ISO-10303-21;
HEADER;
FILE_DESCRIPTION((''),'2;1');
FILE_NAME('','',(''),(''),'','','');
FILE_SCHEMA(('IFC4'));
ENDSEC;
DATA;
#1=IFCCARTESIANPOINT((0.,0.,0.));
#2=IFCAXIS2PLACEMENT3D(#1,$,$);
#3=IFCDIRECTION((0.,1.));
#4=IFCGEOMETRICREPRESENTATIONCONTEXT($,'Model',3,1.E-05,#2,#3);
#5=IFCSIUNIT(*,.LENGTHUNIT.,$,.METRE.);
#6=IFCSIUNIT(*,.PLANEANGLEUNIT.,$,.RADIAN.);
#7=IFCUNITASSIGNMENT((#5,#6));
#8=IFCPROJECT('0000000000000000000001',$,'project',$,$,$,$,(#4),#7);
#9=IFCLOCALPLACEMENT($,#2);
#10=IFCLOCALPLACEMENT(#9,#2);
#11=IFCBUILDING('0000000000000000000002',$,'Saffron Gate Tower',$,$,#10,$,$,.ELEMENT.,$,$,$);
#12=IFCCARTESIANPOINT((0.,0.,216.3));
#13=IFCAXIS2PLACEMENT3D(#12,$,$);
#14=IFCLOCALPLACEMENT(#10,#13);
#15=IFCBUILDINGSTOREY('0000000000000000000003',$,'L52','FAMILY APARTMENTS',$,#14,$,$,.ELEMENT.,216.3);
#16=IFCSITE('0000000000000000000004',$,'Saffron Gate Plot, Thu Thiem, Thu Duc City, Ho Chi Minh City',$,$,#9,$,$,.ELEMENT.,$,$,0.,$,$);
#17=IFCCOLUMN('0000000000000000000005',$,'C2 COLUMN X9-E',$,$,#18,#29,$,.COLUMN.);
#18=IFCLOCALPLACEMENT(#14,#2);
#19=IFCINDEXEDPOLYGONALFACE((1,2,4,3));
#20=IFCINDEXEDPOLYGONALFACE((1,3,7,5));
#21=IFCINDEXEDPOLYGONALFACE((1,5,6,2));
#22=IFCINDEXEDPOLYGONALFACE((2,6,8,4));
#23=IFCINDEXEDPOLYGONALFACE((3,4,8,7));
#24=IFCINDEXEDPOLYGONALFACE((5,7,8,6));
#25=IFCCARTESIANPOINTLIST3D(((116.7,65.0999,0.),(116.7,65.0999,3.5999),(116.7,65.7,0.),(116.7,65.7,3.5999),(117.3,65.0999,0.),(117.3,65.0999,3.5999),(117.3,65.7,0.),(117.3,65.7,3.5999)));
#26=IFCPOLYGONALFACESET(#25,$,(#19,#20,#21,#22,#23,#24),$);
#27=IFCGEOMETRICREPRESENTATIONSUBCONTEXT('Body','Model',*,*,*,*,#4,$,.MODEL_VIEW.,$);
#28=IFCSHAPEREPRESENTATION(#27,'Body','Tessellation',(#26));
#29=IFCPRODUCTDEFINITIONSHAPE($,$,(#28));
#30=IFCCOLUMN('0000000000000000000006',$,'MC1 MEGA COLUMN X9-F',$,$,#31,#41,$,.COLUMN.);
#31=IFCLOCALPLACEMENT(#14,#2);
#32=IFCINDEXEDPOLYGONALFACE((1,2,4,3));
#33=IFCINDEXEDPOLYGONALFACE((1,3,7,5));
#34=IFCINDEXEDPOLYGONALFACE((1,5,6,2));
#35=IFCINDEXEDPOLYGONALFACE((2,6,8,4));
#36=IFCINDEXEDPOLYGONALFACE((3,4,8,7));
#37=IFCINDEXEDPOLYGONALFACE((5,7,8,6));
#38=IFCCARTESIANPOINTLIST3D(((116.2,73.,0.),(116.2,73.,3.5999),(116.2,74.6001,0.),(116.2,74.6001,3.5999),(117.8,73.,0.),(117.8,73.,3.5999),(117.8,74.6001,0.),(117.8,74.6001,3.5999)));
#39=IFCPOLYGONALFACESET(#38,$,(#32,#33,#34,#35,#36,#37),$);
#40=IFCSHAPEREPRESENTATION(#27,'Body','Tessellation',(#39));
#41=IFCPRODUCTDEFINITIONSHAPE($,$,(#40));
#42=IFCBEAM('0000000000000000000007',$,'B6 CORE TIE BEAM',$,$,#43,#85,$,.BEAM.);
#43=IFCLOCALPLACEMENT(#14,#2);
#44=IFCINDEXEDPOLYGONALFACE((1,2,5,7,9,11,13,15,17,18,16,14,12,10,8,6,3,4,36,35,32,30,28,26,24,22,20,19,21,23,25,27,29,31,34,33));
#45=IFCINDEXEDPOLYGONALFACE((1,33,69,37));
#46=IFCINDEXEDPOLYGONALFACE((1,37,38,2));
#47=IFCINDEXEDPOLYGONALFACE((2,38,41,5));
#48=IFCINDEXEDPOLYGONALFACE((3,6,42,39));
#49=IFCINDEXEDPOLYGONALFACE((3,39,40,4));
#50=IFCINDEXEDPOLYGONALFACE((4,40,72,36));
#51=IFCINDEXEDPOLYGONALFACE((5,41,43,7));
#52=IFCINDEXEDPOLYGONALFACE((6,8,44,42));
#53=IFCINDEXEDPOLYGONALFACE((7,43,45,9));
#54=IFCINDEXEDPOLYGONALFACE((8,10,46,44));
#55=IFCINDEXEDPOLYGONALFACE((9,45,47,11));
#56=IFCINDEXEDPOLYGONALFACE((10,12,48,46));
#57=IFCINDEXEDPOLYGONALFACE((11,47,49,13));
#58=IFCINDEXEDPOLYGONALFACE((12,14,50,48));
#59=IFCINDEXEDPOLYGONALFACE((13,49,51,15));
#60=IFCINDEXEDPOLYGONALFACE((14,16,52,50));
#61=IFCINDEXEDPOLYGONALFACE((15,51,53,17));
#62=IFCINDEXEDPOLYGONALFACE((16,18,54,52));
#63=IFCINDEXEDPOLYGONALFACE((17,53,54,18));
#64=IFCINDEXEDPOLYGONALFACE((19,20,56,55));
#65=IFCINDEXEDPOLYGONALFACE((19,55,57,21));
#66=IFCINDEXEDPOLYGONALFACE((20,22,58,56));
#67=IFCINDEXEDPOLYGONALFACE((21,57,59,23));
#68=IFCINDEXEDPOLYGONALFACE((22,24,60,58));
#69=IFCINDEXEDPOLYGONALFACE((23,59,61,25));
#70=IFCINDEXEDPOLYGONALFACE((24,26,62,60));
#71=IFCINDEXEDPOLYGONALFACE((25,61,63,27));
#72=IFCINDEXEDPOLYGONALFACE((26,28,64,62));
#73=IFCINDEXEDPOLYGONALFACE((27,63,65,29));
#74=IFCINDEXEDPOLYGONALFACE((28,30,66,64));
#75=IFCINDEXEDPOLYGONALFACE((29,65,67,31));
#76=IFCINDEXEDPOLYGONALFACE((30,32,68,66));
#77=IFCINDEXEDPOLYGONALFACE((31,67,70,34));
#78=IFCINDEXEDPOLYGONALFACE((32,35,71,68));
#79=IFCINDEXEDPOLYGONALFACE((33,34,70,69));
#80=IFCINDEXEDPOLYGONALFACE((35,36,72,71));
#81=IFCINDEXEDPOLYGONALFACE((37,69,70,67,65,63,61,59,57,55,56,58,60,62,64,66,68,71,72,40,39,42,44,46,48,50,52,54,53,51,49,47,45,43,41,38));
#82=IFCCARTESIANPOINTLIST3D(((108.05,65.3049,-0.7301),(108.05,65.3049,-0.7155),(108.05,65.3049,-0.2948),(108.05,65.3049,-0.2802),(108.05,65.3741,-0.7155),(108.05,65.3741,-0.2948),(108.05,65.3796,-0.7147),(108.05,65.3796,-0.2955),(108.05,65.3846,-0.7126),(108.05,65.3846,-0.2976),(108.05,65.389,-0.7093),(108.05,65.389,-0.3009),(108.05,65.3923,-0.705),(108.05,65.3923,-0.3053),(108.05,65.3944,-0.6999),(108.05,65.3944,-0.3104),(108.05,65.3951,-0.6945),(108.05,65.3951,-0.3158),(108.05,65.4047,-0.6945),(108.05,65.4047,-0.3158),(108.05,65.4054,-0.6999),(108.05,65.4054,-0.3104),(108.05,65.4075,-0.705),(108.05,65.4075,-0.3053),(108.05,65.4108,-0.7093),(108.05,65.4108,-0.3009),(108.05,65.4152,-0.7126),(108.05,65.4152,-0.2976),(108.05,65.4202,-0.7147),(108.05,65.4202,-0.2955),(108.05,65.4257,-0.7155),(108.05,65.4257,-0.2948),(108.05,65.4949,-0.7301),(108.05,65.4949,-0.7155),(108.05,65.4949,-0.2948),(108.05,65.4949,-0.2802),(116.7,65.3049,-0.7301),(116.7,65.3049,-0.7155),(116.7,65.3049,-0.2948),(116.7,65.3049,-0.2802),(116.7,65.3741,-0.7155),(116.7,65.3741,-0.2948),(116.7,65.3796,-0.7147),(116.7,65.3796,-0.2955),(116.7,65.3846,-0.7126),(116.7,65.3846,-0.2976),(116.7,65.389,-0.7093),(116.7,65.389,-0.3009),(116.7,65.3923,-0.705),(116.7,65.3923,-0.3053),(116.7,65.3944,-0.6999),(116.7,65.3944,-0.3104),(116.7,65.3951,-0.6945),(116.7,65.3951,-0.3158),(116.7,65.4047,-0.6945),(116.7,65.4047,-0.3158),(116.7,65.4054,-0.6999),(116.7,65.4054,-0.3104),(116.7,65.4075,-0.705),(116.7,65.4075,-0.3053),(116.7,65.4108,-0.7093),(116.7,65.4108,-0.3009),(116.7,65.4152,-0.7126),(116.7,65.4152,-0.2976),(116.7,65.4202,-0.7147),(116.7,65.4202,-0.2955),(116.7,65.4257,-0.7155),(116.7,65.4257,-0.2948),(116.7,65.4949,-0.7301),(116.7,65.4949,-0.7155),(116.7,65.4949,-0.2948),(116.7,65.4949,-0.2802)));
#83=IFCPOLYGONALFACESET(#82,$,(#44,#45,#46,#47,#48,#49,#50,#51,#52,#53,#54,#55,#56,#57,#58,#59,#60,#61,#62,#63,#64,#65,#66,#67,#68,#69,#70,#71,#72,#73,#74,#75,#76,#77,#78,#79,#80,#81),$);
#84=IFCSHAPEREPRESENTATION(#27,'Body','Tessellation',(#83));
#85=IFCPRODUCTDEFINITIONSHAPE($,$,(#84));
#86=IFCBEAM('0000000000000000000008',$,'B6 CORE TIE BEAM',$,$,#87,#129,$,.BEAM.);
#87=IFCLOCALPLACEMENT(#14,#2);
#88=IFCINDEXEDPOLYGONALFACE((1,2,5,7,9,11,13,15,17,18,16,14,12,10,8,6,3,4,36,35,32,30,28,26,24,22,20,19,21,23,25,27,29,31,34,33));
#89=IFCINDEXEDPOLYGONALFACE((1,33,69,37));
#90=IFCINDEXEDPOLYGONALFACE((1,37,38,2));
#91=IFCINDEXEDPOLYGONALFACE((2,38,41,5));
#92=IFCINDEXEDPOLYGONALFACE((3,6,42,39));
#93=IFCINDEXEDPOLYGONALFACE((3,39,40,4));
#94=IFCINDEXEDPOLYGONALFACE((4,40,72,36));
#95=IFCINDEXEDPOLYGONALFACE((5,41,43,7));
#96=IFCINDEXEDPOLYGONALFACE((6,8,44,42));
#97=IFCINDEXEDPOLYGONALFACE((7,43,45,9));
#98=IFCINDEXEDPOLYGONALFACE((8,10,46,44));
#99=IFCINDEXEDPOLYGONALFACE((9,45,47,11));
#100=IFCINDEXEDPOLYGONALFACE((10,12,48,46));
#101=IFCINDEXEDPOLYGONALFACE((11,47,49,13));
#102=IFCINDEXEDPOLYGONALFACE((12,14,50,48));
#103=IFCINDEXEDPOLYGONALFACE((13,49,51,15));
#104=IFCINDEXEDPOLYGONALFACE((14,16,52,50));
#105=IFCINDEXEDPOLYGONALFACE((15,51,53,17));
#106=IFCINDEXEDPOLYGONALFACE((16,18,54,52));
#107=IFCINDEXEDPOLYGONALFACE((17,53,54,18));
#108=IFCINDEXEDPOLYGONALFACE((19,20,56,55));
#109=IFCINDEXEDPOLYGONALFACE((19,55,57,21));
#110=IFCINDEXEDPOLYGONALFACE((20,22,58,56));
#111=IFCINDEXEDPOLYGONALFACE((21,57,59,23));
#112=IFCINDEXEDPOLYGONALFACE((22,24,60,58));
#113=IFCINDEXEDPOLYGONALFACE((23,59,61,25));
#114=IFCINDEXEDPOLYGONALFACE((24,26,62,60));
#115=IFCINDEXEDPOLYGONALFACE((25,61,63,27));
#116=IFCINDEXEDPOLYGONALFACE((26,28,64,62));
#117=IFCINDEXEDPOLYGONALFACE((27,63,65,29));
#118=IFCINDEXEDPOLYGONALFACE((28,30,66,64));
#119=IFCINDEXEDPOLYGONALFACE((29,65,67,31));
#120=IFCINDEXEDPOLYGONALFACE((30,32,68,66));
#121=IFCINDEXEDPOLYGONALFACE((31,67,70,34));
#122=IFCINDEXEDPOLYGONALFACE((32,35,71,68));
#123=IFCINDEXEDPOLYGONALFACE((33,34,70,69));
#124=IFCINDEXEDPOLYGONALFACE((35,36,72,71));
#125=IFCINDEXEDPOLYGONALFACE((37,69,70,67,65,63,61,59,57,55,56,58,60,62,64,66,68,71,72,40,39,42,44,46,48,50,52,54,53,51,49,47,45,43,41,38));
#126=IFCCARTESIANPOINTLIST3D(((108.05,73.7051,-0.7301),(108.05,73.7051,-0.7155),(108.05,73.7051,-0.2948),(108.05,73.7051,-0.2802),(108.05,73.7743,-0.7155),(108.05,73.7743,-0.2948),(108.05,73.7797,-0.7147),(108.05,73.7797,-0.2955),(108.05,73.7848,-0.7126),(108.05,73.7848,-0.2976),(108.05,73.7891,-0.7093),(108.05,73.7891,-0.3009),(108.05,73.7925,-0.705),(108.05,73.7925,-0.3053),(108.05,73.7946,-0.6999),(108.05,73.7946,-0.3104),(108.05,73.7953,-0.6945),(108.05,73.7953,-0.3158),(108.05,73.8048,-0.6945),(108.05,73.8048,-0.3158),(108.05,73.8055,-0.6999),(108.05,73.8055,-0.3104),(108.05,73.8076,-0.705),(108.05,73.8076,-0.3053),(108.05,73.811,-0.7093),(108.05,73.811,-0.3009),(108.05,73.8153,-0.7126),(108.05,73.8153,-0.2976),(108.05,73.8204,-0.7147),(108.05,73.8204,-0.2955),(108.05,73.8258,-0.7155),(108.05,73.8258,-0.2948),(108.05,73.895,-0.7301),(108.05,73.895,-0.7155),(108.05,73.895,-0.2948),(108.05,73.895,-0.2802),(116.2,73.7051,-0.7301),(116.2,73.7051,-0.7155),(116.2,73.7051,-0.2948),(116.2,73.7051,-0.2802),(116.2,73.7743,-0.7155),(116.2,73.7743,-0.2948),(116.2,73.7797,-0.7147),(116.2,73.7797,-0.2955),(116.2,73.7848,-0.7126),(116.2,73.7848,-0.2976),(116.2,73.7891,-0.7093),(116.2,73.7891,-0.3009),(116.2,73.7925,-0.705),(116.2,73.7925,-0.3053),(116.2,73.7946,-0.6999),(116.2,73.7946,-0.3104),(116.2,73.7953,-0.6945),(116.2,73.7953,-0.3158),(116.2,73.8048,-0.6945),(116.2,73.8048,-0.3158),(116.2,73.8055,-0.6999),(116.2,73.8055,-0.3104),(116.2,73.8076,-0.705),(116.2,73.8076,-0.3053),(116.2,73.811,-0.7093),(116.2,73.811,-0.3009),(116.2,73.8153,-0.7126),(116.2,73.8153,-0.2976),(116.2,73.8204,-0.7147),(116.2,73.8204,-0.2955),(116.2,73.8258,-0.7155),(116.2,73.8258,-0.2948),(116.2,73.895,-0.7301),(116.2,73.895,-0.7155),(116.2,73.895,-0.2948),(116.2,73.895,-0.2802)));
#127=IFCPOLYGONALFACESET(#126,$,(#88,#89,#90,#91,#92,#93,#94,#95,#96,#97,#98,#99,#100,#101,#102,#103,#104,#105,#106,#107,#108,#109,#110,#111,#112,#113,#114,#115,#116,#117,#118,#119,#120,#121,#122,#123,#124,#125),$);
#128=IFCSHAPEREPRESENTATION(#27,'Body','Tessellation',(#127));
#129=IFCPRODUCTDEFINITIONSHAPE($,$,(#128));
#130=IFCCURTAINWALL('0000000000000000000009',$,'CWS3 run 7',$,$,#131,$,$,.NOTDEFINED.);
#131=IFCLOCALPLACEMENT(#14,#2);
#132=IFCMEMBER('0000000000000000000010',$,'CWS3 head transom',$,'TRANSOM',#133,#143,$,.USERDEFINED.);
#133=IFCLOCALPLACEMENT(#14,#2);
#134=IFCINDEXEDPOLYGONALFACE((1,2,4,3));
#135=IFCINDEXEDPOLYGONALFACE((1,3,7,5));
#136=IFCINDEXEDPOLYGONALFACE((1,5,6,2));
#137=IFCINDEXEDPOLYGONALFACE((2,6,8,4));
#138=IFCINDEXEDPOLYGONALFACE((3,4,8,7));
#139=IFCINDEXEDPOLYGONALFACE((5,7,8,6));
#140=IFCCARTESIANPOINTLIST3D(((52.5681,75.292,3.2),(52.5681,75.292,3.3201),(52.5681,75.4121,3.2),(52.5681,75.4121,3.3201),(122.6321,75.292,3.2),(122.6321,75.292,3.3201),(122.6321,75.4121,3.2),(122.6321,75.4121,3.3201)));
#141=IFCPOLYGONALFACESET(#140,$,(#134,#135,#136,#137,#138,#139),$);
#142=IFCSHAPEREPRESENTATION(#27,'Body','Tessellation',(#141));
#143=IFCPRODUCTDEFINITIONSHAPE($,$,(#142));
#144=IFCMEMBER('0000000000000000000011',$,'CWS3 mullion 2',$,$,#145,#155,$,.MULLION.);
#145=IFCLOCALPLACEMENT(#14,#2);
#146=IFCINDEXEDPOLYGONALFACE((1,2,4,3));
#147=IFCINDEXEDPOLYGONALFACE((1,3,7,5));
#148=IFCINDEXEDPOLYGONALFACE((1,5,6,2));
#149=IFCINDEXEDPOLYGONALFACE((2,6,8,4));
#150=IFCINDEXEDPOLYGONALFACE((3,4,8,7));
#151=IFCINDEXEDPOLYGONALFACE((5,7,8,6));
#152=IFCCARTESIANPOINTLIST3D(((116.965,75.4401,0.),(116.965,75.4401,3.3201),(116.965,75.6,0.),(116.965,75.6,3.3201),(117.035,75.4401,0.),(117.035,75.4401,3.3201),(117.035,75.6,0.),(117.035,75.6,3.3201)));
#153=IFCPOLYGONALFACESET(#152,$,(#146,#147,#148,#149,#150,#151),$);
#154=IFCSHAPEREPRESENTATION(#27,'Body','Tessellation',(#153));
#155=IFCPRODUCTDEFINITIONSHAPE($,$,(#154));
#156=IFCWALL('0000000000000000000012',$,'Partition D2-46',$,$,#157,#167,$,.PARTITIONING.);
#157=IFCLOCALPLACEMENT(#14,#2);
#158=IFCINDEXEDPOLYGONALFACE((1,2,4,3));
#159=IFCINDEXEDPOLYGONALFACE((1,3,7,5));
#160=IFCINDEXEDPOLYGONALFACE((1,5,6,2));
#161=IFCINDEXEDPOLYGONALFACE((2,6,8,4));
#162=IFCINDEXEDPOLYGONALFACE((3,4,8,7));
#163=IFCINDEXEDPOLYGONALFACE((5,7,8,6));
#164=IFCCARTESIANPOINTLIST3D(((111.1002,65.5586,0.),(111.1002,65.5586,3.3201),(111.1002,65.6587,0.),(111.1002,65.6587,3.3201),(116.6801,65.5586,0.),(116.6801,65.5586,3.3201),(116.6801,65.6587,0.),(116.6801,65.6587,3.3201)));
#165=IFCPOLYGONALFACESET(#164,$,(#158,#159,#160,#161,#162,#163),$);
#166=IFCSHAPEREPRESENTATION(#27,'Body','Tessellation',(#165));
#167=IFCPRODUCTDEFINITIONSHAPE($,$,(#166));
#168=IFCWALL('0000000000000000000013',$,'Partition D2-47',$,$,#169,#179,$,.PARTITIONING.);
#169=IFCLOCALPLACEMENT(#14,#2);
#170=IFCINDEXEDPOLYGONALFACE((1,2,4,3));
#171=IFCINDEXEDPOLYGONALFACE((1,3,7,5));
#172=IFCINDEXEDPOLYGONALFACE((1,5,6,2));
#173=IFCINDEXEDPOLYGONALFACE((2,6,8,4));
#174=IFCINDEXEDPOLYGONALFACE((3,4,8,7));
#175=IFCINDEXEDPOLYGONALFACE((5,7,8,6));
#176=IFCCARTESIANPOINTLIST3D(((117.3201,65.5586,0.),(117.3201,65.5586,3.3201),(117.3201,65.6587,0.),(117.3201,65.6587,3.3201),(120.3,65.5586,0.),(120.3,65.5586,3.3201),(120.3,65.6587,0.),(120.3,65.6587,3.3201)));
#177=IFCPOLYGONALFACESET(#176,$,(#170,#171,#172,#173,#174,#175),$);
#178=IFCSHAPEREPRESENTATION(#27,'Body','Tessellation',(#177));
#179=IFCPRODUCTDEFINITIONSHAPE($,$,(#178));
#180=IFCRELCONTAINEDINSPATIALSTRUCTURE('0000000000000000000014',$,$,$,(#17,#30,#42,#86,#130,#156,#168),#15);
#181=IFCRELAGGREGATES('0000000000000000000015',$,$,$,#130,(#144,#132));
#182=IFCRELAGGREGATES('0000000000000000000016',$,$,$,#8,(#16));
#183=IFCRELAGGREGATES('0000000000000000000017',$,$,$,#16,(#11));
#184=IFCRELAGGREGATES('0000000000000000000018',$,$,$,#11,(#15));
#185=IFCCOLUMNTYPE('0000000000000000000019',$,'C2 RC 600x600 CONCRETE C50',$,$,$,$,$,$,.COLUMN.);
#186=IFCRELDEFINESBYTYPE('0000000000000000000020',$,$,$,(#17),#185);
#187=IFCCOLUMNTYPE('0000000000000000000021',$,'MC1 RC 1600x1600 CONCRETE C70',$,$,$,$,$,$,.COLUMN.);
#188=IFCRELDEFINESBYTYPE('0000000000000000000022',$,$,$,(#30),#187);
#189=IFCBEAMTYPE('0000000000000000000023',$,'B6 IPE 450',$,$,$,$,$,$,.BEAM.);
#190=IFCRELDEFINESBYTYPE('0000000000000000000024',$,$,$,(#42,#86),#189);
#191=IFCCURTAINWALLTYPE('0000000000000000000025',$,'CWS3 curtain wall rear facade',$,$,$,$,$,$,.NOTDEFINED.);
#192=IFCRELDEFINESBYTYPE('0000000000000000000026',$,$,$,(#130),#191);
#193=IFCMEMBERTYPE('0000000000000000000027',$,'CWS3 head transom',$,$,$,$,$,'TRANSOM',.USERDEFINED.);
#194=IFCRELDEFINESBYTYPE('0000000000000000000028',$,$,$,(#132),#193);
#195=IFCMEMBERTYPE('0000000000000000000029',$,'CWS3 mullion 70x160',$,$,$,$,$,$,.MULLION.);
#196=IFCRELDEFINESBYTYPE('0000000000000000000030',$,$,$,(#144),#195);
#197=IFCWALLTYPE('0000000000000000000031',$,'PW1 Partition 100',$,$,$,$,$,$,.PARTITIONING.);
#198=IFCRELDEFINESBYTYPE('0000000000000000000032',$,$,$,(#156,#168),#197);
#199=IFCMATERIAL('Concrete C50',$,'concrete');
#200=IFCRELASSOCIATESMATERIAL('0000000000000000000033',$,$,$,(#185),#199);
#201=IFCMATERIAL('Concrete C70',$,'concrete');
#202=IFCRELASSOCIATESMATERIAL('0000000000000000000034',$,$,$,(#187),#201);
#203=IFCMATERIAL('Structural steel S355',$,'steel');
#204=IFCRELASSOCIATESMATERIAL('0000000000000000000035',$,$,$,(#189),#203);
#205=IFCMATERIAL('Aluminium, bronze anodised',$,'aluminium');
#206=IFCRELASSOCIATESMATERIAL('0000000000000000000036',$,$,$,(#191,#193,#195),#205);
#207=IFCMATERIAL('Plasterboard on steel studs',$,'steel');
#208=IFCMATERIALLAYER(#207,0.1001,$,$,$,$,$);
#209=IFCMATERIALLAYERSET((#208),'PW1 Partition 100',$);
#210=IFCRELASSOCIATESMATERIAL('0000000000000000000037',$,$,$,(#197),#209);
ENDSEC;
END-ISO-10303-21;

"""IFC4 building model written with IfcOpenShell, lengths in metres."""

from ifc_helpers import new_model, si_unit, direction, frame, frame_2d, origin, origin_2d, place, context, subcontext, project, spatial, rectangle, i_section, extrude, material, layer, layer_set, material_profile, profile_set, type_object, element, aggregate, save


model = new_model("IFC4")

# Units and contexts
model_context = context("Model", 3, precision=1e-05, world=origin(), true_north=direction((0.0, 1.0)))
body_context = subcontext(model_context, "Body", "Model", "MODEL_VIEW")
ifc_project = project(units=[si_unit("LENGTHUNIT", "METRE"), si_unit("PLANEANGLEUNIT", "RADIAN")], contexts=[model_context])

# Site, building, storey
site_placement = place(None, origin())
site = spatial("IfcSite", under=ifc_project, at=site_placement, Name="Saffron Gate Plot, Thu Thiem, Thu Duc City, Ho Chi Minh City", CompositionType="ELEMENT", RefElevation=0.0)
building_placement = place(site_placement, origin())
building = spatial("IfcBuilding", under=site, at=building_placement, Name="Saffron Gate Tower", CompositionType="ELEMENT")
storey_placement = place(building_placement, frame((0.0, 0.0, 216.3)))
storey = spatial("IfcBuildingStorey", under=building, at=storey_placement, Name="L52", Description="FAMILY APARTMENTS", CompositionType="ELEMENT", Elevation=216.3)

# Columns
ifc_material_1 = material(Name="Concrete C50", Category="concrete")
ifc_material_profile_1 = material_profile(ifc_material_1, rectangle(XDim=0.6001, YDim=0.6001, at=origin_2d()))
ifc_profile_set_1 = profile_set([ifc_material_profile_1], Name="Concrete C50")
column_type_1 = type_object("IfcColumnType", Name="C2 RC 600x600 CONCRETE C50", PredefinedType="COLUMN", material=ifc_profile_set_1)
column_1_placement = place(storey_placement, frame((117.0, 65.3999, 0.0), z_axis=(0.0, 0.0, 1.0), x_axis=(1.0, 0.0, 0.0)))
element("IfcColumn", 1, at=column_1_placement, inside=storey, type_object=column_type_1, Name="C2 COLUMN X9-E", PredefinedType="COLUMN", context=body_context, shape_type="SweptSolid", body=[
    extrude(rectangle(XDim=0.6001, YDim=0.6001, at=origin_2d()), origin(), (0.0, 0.0, 1.0), 3.5999),
])
ifc_material_2 = material(Name="Concrete C70", Category="concrete")
ifc_material_profile_2 = material_profile(ifc_material_2, rectangle(XDim=1.6001, YDim=1.6001, at=origin_2d()))
ifc_profile_set_2 = profile_set([ifc_material_profile_2], Name="Concrete C70")
column_type_2 = type_object("IfcColumnType", Name="MC1 RC 1600x1600 CONCRETE C70", PredefinedType="COLUMN", material=ifc_profile_set_2)
column_2_placement = place(storey_placement, frame((117.0, 73.8, 0.0), z_axis=(0.0, 0.0, 1.0), x_axis=(1.0, 0.0, 0.0)))
element("IfcColumn", 2, at=column_2_placement, inside=storey, type_object=column_type_2, Name="MC1 MEGA COLUMN X9-F", PredefinedType="COLUMN", context=body_context, shape_type="SweptSolid", body=[
    extrude(rectangle(XDim=1.6001, YDim=1.6001, at=origin_2d()), origin(), (0.0, 0.0, 1.0), 3.5999),
])

# Beams
ifc_material_3 = material(Name="Structural steel S355", Category="steel")
ifc_material_profile_3 = material_profile(ifc_material_3, i_section(OverallWidth=0.1899, OverallDepth=0.45, WebThickness=0.0095, FlangeThickness=0.0146, FilletRadius=0.021, at=origin_2d()))
ifc_profile_set_3 = profile_set([ifc_material_profile_3], Name="Structural steel S355")
beam_type = type_object("IfcBeamType", Name="B6 IPE 450", PredefinedType="BEAM", material=ifc_profile_set_3)
beam_1_placement = place(storey_placement, frame((116.7, 65.3999, -0.5051), z_axis=(-1.0, 0.0, 0.0), x_axis=(0.0, -1.0, 0.0)))
element("IfcBeam", 3, at=beam_1_placement, inside=storey, type_object=beam_type, Name="B6 CORE TIE BEAM", PredefinedType="BEAM", context=body_context, shape_type="SweptSolid", body=[
    extrude(i_section(OverallWidth=0.1899, OverallDepth=0.45, WebThickness=0.0095, FlangeThickness=0.0146, FilletRadius=0.021, at=origin_2d()), origin(), (0.0, 0.0, 1.0), 8.6499),
])
beam_2_placement = place(storey_placement, frame((116.2, 73.8, -0.5051), z_axis=(-1.0, 0.0, 0.0), x_axis=(0.0, -1.0, 0.0)))
element("IfcBeam", 4, at=beam_2_placement, inside=storey, type_object=beam_type, Name="B6 CORE TIE BEAM", PredefinedType="BEAM", context=body_context, shape_type="SweptSolid", body=[
    extrude(i_section(OverallWidth=0.1899, OverallDepth=0.45, WebThickness=0.0095, FlangeThickness=0.0146, FilletRadius=0.021, at=origin_2d()), origin(), (0.0, 0.0, 1.0), 8.1499),
])

# Curtain wall, members
ifc_material_4 = material(Name="Aluminium, bronze anodised", Category="aluminium")
curtain_wall_type = type_object("IfcCurtainWallType", Name="CWS3 curtain wall rear facade", PredefinedType="NOTDEFINED", material=ifc_material_4)
curtain_wall_placement = place(storey_placement, origin())
curtain_wall = element("IfcCurtainWall", 5, at=curtain_wall_placement, inside=storey, type_object=curtain_wall_type, Name="CWS3 run 7", PredefinedType="NOTDEFINED")
ifc_material_profile_4 = material_profile(ifc_material_4, rectangle(XDim=0.1201, YDim=0.1201, at=origin_2d()))
ifc_profile_set_4 = profile_set([ifc_material_profile_4], Name="Aluminium, bronze anodised")
member_type_1 = type_object("IfcMemberType", Name="CWS3 head transom", ElementType="TRANSOM", PredefinedType="USERDEFINED", material=ifc_profile_set_4)
member_1_placement = place(storey_placement, frame((122.6321, 75.3521, 3.26), z_axis=(-1.0, 0.0, 0.0), x_axis=(0.0, -1.0, 0.0)))
member_1 = element("IfcMember", 6, at=member_1_placement, type_object=member_type_1, Name="CWS3 head transom", ObjectType="TRANSOM", PredefinedType="USERDEFINED", context=body_context, shape_type="SweptSolid", body=[
    extrude(rectangle(XDim=0.1201, YDim=0.1201, at=origin_2d()), origin(), (0.0, 0.0, 1.0), 70.064),
])
ifc_material_profile_5 = material_profile(ifc_material_4, rectangle(XDim=0.1599, YDim=0.0701, at=origin_2d()))
ifc_profile_set_5 = profile_set([ifc_material_profile_5], Name="Aluminium, bronze anodised")
member_type_2 = type_object("IfcMemberType", Name="CWS3 mullion 70x160", PredefinedType="MULLION", material=ifc_profile_set_5)
member_2_placement = place(storey_placement, frame((117.0, 75.52, 0.0), z_axis=(0.0, 0.0, 1.0), x_axis=(0.0, -1.0, 0.0)))
member_2 = element("IfcMember", 7, at=member_2_placement, type_object=member_type_2, Name="CWS3 mullion 2", PredefinedType="MULLION", context=body_context, shape_type="SweptSolid", body=[
    extrude(rectangle(XDim=0.1599, YDim=0.0701, at=origin_2d()), origin(), (0.0, 0.0, 1.0), 3.3201),
])
aggregate(curtain_wall, [member_2, member_1])

# Walls
ifc_material_5 = material(Name="Plasterboard on steel studs", Category="steel")
ifc_layer_1 = layer(ifc_material_5, 0.1001)
ifc_layer_set_1 = layer_set([ifc_layer_1], Name="PW1 Partition 100")
wall_type_1 = type_object("IfcWallType", Name="PW1 Partition 100", PredefinedType="PARTITIONING", material=ifc_layer_set_1)
wall_1_placement = place(storey_placement, frame((111.1001, 65.6086, 0.0), z_axis=(0.0, 0.0, 1.0), x_axis=(1.0, 0.0, 0.0)))
element("IfcWall", 8, at=wall_1_placement, inside=storey, type_object=wall_type_1, Name="Partition D2-46", PredefinedType="PARTITIONING", context=body_context, shape_type="SweptSolid", body=[
    extrude(rectangle(XDim=5.5798, YDim=0.1001, at=frame_2d((2.79, 0.0))), origin(), (0.0, 0.0, 1.0), 3.3201),
])
wall_2_placement = place(storey_placement, frame((117.3201, 65.6086, 0.0), z_axis=(0.0, 0.0, 1.0), x_axis=(1.0, 0.0, 0.0)))
element("IfcWall", 9, at=wall_2_placement, inside=storey, type_object=wall_type_1, Name="Partition D2-47", PredefinedType="PARTITIONING", context=body_context, shape_type="SweptSolid", body=[
    extrude(rectangle(XDim=2.98, YDim=0.1001, at=frame_2d((1.49, 0.0))), origin(), (0.0, 0.0, 1.0), 3.3201),
])

save(model, "model.ifc")
